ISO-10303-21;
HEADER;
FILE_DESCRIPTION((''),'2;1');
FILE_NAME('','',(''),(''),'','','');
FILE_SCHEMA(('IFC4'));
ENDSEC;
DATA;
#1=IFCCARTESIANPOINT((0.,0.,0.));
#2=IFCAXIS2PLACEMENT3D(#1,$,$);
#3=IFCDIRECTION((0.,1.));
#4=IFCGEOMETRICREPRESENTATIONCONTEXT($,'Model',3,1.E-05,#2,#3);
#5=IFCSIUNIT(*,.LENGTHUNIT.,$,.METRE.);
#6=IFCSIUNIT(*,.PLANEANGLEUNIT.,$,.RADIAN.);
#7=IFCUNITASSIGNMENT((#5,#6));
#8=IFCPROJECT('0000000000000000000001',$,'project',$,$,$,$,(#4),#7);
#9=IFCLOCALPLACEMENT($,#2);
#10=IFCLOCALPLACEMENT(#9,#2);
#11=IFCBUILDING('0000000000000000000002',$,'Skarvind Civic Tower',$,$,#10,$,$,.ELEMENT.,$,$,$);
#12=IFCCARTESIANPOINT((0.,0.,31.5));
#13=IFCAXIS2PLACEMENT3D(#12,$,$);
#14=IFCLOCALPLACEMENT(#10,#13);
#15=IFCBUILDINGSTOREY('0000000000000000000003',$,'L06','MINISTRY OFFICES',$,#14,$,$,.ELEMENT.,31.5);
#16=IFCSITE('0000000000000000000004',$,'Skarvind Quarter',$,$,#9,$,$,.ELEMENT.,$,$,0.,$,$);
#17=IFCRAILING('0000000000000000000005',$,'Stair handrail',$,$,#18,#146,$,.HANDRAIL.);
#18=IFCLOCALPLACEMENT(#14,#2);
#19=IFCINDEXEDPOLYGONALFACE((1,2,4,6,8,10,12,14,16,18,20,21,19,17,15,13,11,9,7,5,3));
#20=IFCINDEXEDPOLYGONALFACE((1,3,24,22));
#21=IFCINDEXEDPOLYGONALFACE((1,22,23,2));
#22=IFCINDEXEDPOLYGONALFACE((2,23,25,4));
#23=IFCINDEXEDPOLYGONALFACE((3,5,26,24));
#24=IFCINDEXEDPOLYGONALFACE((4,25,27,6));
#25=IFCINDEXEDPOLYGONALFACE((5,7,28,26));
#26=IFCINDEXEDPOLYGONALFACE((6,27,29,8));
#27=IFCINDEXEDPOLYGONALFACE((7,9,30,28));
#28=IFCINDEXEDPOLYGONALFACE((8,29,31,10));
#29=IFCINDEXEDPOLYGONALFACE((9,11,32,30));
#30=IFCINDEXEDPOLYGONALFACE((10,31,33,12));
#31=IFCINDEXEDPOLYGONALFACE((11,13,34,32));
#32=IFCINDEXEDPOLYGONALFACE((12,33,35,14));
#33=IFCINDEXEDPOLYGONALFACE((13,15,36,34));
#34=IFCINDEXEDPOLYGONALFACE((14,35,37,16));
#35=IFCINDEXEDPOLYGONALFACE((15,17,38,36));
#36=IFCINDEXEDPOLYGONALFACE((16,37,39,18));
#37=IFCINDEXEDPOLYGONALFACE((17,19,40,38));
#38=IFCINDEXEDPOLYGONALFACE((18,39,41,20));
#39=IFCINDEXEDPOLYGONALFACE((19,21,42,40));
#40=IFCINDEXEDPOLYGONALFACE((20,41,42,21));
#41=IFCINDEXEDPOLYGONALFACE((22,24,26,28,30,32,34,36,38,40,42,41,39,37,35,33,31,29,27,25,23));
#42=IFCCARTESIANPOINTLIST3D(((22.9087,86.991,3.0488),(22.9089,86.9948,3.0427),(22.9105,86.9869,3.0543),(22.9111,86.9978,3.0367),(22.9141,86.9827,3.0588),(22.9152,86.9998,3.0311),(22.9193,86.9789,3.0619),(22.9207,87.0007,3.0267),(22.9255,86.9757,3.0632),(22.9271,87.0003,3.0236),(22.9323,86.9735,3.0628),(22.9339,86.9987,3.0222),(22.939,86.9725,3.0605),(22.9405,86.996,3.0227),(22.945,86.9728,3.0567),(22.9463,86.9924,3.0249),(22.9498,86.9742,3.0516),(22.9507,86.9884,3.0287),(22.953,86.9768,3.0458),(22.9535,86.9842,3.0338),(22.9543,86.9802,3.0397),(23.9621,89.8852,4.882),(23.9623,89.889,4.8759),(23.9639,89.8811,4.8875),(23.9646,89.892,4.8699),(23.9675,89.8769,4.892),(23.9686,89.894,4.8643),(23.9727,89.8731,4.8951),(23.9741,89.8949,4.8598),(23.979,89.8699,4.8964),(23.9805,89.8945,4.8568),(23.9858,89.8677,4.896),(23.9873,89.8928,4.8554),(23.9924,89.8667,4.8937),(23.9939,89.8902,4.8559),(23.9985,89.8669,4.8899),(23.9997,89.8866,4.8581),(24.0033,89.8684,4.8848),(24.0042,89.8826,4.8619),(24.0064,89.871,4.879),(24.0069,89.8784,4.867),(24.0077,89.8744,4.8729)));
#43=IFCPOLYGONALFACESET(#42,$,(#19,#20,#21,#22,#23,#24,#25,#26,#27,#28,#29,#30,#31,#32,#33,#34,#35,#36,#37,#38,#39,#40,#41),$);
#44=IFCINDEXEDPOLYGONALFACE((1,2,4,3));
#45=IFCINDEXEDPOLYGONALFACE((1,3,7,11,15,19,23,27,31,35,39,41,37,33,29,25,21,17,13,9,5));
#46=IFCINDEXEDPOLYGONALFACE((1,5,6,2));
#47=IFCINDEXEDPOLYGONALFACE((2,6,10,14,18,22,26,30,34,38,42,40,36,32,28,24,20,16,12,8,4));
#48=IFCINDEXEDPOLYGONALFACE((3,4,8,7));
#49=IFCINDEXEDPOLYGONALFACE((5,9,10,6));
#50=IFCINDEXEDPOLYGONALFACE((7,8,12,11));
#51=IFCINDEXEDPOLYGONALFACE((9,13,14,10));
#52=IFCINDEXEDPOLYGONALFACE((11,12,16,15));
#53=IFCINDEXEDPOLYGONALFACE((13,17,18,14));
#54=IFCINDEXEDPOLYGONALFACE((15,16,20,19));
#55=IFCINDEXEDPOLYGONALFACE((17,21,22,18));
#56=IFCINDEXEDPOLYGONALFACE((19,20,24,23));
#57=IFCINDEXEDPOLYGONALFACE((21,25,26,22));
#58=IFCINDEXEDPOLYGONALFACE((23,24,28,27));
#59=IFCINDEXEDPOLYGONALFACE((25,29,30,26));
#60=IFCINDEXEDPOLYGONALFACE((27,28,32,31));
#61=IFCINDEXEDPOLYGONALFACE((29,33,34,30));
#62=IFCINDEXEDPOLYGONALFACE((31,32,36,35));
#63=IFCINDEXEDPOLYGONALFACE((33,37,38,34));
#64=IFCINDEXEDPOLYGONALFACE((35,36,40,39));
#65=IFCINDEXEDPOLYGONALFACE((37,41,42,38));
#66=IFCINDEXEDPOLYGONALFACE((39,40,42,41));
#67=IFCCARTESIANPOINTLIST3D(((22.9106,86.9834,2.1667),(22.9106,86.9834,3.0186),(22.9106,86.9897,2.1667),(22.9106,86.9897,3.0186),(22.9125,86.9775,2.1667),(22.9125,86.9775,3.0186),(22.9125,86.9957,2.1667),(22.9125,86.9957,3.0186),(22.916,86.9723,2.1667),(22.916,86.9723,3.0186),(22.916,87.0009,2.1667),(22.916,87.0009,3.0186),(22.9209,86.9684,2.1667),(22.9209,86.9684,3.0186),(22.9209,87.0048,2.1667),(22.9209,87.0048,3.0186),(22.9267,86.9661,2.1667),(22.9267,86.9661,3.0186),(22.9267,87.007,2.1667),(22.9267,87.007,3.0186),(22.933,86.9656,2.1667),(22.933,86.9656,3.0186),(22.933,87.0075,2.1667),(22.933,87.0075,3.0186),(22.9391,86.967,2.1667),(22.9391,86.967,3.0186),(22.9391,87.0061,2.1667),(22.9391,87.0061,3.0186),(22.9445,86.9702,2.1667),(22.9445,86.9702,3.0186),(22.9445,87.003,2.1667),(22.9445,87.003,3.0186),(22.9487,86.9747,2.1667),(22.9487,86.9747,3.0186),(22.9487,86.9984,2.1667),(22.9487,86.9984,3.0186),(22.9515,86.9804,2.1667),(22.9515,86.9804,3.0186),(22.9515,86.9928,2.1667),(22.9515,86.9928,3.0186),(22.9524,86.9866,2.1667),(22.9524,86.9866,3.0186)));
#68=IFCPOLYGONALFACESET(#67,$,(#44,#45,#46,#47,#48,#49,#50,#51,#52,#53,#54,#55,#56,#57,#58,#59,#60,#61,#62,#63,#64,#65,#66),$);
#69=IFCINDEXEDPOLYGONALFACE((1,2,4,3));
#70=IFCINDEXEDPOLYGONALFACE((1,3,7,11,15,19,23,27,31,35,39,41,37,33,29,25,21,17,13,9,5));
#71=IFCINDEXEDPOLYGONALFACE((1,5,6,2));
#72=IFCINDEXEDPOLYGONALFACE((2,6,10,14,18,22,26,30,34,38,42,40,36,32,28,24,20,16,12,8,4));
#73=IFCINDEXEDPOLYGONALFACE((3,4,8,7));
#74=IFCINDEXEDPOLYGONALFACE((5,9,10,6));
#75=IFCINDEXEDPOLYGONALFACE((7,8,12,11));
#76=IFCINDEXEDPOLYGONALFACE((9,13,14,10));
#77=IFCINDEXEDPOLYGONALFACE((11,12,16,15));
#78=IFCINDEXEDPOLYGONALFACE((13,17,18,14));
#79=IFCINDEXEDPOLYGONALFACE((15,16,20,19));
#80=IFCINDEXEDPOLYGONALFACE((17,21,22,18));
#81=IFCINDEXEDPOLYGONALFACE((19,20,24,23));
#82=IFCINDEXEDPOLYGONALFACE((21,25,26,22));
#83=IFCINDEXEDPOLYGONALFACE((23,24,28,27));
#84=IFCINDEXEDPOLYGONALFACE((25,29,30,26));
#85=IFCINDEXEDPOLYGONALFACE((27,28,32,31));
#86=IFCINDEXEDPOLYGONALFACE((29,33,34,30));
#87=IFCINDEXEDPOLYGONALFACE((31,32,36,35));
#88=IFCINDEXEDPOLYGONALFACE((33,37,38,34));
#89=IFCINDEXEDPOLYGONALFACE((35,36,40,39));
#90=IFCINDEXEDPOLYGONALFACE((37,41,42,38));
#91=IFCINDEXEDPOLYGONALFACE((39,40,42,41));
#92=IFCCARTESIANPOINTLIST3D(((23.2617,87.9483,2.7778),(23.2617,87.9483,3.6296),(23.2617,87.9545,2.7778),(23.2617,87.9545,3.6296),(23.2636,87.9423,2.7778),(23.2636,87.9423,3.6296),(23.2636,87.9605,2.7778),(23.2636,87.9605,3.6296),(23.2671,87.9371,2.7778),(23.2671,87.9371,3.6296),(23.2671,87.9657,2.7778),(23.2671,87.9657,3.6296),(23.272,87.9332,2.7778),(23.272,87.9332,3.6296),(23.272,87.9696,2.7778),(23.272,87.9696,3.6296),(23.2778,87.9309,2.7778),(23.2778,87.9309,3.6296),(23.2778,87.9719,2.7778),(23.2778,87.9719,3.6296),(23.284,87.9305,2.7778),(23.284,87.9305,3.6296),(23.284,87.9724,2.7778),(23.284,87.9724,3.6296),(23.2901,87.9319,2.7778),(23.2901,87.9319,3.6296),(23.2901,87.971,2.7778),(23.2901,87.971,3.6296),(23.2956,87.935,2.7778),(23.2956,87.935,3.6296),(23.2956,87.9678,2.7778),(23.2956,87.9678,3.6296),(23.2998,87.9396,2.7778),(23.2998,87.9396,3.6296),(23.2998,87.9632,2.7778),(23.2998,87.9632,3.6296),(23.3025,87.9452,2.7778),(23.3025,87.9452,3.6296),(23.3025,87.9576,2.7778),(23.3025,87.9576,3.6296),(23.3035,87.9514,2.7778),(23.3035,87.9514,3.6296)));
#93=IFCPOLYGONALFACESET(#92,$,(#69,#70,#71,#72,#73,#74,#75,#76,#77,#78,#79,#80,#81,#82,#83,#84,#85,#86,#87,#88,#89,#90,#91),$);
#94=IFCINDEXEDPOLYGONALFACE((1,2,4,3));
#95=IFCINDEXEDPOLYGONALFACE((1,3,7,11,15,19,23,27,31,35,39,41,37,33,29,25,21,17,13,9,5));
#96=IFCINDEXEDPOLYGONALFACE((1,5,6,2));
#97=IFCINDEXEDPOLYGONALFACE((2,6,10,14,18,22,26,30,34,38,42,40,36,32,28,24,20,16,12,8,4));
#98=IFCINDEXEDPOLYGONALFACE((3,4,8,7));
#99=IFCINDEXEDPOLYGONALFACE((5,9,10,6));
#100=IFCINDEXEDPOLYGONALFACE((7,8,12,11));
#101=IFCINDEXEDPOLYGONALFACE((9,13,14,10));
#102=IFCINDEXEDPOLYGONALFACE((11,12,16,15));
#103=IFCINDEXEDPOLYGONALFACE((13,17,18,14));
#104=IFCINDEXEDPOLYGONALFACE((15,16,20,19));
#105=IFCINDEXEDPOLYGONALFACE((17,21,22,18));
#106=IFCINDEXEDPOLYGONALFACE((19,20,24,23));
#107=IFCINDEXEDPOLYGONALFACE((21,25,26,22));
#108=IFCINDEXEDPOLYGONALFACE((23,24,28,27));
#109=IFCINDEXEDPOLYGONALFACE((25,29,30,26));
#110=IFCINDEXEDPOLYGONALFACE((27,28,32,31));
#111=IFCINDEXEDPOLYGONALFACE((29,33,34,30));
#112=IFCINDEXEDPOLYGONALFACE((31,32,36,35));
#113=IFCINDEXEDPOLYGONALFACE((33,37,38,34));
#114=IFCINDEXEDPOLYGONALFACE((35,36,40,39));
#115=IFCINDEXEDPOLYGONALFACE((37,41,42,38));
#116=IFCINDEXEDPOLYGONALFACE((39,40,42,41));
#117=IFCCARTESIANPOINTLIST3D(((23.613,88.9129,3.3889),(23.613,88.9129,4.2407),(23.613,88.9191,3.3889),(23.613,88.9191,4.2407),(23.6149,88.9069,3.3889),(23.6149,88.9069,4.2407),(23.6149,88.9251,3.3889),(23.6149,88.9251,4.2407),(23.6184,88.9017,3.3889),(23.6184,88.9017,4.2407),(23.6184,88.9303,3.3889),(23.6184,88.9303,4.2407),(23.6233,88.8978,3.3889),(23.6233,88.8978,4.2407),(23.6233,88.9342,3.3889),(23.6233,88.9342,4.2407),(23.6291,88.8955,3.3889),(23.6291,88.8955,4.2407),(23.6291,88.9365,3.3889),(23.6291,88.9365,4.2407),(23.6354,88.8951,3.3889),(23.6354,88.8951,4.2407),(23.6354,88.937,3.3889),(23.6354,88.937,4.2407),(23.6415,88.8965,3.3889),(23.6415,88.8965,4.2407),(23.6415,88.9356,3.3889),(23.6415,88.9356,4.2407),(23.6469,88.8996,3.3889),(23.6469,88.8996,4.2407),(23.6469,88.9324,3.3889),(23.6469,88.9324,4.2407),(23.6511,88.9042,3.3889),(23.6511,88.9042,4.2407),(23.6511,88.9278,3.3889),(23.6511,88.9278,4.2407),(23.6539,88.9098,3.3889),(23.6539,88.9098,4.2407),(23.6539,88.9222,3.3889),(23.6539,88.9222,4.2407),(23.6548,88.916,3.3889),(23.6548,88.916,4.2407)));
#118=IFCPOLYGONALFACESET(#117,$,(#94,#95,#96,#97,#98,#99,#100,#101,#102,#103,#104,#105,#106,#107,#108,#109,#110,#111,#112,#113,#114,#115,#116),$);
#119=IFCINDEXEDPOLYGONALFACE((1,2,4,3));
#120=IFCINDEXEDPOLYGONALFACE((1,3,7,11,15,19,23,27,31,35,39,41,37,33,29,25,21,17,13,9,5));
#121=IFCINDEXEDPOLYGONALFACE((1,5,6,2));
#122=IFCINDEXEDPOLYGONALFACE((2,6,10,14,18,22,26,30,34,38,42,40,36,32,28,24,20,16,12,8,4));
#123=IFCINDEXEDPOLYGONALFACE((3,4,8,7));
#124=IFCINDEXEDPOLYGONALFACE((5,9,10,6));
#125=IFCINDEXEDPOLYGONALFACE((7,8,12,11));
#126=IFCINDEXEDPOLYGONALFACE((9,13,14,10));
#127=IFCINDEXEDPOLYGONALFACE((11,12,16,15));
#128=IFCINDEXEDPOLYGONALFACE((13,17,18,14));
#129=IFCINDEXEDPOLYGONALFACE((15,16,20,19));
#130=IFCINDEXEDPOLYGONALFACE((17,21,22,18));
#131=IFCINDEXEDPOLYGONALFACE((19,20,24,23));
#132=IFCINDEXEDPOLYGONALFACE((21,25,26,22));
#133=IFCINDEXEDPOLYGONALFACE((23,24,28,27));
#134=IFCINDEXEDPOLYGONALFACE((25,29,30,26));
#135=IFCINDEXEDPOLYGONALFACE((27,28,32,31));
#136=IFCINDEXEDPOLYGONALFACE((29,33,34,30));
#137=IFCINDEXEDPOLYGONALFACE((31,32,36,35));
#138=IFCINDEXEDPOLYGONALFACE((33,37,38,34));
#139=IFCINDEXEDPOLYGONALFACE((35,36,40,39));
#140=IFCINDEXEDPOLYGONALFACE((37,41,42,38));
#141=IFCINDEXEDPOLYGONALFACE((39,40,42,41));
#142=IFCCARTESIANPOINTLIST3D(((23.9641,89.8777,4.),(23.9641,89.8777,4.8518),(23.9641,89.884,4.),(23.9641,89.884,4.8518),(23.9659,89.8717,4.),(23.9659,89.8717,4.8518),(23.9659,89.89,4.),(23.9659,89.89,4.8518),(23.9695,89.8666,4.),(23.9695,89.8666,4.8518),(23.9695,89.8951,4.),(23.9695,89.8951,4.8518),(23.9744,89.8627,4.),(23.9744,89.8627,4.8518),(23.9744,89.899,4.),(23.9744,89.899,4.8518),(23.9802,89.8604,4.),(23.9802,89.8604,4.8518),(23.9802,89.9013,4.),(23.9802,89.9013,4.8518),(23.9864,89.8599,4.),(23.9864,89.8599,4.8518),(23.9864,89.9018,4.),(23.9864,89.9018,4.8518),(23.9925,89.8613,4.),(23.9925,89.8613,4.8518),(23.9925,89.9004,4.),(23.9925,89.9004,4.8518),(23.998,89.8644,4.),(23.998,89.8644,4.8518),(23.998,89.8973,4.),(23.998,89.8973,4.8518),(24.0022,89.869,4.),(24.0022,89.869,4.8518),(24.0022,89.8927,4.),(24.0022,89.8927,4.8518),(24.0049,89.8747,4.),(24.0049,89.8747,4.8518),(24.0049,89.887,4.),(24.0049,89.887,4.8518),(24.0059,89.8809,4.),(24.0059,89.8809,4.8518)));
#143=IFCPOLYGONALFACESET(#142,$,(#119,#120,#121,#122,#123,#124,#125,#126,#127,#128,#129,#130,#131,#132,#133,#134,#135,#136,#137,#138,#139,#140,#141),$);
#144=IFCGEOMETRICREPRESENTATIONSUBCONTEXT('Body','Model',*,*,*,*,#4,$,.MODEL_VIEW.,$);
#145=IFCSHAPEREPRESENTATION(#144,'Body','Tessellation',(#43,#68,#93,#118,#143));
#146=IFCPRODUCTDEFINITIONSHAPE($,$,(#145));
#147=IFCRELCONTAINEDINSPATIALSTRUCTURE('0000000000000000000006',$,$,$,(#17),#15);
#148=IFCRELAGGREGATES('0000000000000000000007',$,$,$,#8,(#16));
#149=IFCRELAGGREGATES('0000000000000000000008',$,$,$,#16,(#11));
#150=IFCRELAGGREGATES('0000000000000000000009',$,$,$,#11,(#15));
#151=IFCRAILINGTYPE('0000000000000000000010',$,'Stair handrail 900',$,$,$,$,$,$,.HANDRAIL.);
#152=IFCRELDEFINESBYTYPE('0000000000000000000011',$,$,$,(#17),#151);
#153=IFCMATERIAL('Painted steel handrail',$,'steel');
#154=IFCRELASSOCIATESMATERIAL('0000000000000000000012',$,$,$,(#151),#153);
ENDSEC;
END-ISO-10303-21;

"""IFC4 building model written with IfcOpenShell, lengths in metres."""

from ifc_helpers import new_model, si_unit, direction, frame, origin, origin_2d, place, context, subcontext, project, spatial, circle, extrude, material, type_object, element, save


model = new_model("IFC4")

# Units and contexts
model_context = context("Model", 3, precision=1e-05, world=origin(), true_north=direction((0.0, 1.0)))
body_context = subcontext(model_context, "Body", "Model", "MODEL_VIEW")
ifc_project = project(units=[si_unit("LENGTHUNIT", "METRE"), si_unit("PLANEANGLEUNIT", "RADIAN")], contexts=[model_context])

# Site, building, storey
site_placement = place(None, origin())
site = spatial("IfcSite", under=ifc_project, at=site_placement, Name="Skarvind Quarter", CompositionType="ELEMENT", RefElevation=0.0)
building_placement = place(site_placement, origin())
building = spatial("IfcBuilding", under=site, at=building_placement, Name="Skarvind Civic Tower", CompositionType="ELEMENT")
storey_placement = place(building_placement, frame((0.0, 0.0, 31.5)))
storey = spatial("IfcBuildingStorey", under=building, at=storey_placement, Name="L06", Description="MINISTRY OFFICES", CompositionType="ELEMENT", Elevation=31.5)

# Railing
ifc_material_1 = material(Name="Painted steel handrail", Category="steel")
railing_type = type_object("IfcRailingType", Name="Stair handrail 900", PredefinedType="HANDRAIL", material=ifc_material_1)
railing_1_placement = place(storey_placement, frame((22.9314, 86.9866, 2.1667)))
element("IfcRailing", 1, at=railing_1_placement, inside=storey, type_object=railing_type, Name="Stair handrail", PredefinedType="HANDRAIL", context=body_context, shape_type="SweptSolid", body=[
    extrude(circle(Radius=0.0239, at=origin_2d()), frame((0.0, 0.0, 0.876), z_axis=(0.293908, 0.807481, 0.511461), x_axis=(-0.939689, 0.342029, 0.0)), (0.0, 0.0, 1.0), 3.5842),
    extrude(circle(Radius=0.021, at=origin_2d()), origin(), (0.0, 0.0, 1.0), 0.8518),
    extrude(circle(Radius=0.021, at=origin_2d()), frame((0.3511, 0.9648, 0.6111)), (0.0, 0.0, 1.0), 0.8518),
    extrude(circle(Radius=0.021, at=origin_2d()), frame((0.7024, 1.9294, 1.2222)), (0.0, 0.0, 1.0), 0.8518),
    extrude(circle(Radius=0.021, at=origin_2d()), frame((1.0535, 2.8943, 1.8333)), (0.0, 0.0, 1.0), 0.8518),
])

save(model, "model.ifc")
